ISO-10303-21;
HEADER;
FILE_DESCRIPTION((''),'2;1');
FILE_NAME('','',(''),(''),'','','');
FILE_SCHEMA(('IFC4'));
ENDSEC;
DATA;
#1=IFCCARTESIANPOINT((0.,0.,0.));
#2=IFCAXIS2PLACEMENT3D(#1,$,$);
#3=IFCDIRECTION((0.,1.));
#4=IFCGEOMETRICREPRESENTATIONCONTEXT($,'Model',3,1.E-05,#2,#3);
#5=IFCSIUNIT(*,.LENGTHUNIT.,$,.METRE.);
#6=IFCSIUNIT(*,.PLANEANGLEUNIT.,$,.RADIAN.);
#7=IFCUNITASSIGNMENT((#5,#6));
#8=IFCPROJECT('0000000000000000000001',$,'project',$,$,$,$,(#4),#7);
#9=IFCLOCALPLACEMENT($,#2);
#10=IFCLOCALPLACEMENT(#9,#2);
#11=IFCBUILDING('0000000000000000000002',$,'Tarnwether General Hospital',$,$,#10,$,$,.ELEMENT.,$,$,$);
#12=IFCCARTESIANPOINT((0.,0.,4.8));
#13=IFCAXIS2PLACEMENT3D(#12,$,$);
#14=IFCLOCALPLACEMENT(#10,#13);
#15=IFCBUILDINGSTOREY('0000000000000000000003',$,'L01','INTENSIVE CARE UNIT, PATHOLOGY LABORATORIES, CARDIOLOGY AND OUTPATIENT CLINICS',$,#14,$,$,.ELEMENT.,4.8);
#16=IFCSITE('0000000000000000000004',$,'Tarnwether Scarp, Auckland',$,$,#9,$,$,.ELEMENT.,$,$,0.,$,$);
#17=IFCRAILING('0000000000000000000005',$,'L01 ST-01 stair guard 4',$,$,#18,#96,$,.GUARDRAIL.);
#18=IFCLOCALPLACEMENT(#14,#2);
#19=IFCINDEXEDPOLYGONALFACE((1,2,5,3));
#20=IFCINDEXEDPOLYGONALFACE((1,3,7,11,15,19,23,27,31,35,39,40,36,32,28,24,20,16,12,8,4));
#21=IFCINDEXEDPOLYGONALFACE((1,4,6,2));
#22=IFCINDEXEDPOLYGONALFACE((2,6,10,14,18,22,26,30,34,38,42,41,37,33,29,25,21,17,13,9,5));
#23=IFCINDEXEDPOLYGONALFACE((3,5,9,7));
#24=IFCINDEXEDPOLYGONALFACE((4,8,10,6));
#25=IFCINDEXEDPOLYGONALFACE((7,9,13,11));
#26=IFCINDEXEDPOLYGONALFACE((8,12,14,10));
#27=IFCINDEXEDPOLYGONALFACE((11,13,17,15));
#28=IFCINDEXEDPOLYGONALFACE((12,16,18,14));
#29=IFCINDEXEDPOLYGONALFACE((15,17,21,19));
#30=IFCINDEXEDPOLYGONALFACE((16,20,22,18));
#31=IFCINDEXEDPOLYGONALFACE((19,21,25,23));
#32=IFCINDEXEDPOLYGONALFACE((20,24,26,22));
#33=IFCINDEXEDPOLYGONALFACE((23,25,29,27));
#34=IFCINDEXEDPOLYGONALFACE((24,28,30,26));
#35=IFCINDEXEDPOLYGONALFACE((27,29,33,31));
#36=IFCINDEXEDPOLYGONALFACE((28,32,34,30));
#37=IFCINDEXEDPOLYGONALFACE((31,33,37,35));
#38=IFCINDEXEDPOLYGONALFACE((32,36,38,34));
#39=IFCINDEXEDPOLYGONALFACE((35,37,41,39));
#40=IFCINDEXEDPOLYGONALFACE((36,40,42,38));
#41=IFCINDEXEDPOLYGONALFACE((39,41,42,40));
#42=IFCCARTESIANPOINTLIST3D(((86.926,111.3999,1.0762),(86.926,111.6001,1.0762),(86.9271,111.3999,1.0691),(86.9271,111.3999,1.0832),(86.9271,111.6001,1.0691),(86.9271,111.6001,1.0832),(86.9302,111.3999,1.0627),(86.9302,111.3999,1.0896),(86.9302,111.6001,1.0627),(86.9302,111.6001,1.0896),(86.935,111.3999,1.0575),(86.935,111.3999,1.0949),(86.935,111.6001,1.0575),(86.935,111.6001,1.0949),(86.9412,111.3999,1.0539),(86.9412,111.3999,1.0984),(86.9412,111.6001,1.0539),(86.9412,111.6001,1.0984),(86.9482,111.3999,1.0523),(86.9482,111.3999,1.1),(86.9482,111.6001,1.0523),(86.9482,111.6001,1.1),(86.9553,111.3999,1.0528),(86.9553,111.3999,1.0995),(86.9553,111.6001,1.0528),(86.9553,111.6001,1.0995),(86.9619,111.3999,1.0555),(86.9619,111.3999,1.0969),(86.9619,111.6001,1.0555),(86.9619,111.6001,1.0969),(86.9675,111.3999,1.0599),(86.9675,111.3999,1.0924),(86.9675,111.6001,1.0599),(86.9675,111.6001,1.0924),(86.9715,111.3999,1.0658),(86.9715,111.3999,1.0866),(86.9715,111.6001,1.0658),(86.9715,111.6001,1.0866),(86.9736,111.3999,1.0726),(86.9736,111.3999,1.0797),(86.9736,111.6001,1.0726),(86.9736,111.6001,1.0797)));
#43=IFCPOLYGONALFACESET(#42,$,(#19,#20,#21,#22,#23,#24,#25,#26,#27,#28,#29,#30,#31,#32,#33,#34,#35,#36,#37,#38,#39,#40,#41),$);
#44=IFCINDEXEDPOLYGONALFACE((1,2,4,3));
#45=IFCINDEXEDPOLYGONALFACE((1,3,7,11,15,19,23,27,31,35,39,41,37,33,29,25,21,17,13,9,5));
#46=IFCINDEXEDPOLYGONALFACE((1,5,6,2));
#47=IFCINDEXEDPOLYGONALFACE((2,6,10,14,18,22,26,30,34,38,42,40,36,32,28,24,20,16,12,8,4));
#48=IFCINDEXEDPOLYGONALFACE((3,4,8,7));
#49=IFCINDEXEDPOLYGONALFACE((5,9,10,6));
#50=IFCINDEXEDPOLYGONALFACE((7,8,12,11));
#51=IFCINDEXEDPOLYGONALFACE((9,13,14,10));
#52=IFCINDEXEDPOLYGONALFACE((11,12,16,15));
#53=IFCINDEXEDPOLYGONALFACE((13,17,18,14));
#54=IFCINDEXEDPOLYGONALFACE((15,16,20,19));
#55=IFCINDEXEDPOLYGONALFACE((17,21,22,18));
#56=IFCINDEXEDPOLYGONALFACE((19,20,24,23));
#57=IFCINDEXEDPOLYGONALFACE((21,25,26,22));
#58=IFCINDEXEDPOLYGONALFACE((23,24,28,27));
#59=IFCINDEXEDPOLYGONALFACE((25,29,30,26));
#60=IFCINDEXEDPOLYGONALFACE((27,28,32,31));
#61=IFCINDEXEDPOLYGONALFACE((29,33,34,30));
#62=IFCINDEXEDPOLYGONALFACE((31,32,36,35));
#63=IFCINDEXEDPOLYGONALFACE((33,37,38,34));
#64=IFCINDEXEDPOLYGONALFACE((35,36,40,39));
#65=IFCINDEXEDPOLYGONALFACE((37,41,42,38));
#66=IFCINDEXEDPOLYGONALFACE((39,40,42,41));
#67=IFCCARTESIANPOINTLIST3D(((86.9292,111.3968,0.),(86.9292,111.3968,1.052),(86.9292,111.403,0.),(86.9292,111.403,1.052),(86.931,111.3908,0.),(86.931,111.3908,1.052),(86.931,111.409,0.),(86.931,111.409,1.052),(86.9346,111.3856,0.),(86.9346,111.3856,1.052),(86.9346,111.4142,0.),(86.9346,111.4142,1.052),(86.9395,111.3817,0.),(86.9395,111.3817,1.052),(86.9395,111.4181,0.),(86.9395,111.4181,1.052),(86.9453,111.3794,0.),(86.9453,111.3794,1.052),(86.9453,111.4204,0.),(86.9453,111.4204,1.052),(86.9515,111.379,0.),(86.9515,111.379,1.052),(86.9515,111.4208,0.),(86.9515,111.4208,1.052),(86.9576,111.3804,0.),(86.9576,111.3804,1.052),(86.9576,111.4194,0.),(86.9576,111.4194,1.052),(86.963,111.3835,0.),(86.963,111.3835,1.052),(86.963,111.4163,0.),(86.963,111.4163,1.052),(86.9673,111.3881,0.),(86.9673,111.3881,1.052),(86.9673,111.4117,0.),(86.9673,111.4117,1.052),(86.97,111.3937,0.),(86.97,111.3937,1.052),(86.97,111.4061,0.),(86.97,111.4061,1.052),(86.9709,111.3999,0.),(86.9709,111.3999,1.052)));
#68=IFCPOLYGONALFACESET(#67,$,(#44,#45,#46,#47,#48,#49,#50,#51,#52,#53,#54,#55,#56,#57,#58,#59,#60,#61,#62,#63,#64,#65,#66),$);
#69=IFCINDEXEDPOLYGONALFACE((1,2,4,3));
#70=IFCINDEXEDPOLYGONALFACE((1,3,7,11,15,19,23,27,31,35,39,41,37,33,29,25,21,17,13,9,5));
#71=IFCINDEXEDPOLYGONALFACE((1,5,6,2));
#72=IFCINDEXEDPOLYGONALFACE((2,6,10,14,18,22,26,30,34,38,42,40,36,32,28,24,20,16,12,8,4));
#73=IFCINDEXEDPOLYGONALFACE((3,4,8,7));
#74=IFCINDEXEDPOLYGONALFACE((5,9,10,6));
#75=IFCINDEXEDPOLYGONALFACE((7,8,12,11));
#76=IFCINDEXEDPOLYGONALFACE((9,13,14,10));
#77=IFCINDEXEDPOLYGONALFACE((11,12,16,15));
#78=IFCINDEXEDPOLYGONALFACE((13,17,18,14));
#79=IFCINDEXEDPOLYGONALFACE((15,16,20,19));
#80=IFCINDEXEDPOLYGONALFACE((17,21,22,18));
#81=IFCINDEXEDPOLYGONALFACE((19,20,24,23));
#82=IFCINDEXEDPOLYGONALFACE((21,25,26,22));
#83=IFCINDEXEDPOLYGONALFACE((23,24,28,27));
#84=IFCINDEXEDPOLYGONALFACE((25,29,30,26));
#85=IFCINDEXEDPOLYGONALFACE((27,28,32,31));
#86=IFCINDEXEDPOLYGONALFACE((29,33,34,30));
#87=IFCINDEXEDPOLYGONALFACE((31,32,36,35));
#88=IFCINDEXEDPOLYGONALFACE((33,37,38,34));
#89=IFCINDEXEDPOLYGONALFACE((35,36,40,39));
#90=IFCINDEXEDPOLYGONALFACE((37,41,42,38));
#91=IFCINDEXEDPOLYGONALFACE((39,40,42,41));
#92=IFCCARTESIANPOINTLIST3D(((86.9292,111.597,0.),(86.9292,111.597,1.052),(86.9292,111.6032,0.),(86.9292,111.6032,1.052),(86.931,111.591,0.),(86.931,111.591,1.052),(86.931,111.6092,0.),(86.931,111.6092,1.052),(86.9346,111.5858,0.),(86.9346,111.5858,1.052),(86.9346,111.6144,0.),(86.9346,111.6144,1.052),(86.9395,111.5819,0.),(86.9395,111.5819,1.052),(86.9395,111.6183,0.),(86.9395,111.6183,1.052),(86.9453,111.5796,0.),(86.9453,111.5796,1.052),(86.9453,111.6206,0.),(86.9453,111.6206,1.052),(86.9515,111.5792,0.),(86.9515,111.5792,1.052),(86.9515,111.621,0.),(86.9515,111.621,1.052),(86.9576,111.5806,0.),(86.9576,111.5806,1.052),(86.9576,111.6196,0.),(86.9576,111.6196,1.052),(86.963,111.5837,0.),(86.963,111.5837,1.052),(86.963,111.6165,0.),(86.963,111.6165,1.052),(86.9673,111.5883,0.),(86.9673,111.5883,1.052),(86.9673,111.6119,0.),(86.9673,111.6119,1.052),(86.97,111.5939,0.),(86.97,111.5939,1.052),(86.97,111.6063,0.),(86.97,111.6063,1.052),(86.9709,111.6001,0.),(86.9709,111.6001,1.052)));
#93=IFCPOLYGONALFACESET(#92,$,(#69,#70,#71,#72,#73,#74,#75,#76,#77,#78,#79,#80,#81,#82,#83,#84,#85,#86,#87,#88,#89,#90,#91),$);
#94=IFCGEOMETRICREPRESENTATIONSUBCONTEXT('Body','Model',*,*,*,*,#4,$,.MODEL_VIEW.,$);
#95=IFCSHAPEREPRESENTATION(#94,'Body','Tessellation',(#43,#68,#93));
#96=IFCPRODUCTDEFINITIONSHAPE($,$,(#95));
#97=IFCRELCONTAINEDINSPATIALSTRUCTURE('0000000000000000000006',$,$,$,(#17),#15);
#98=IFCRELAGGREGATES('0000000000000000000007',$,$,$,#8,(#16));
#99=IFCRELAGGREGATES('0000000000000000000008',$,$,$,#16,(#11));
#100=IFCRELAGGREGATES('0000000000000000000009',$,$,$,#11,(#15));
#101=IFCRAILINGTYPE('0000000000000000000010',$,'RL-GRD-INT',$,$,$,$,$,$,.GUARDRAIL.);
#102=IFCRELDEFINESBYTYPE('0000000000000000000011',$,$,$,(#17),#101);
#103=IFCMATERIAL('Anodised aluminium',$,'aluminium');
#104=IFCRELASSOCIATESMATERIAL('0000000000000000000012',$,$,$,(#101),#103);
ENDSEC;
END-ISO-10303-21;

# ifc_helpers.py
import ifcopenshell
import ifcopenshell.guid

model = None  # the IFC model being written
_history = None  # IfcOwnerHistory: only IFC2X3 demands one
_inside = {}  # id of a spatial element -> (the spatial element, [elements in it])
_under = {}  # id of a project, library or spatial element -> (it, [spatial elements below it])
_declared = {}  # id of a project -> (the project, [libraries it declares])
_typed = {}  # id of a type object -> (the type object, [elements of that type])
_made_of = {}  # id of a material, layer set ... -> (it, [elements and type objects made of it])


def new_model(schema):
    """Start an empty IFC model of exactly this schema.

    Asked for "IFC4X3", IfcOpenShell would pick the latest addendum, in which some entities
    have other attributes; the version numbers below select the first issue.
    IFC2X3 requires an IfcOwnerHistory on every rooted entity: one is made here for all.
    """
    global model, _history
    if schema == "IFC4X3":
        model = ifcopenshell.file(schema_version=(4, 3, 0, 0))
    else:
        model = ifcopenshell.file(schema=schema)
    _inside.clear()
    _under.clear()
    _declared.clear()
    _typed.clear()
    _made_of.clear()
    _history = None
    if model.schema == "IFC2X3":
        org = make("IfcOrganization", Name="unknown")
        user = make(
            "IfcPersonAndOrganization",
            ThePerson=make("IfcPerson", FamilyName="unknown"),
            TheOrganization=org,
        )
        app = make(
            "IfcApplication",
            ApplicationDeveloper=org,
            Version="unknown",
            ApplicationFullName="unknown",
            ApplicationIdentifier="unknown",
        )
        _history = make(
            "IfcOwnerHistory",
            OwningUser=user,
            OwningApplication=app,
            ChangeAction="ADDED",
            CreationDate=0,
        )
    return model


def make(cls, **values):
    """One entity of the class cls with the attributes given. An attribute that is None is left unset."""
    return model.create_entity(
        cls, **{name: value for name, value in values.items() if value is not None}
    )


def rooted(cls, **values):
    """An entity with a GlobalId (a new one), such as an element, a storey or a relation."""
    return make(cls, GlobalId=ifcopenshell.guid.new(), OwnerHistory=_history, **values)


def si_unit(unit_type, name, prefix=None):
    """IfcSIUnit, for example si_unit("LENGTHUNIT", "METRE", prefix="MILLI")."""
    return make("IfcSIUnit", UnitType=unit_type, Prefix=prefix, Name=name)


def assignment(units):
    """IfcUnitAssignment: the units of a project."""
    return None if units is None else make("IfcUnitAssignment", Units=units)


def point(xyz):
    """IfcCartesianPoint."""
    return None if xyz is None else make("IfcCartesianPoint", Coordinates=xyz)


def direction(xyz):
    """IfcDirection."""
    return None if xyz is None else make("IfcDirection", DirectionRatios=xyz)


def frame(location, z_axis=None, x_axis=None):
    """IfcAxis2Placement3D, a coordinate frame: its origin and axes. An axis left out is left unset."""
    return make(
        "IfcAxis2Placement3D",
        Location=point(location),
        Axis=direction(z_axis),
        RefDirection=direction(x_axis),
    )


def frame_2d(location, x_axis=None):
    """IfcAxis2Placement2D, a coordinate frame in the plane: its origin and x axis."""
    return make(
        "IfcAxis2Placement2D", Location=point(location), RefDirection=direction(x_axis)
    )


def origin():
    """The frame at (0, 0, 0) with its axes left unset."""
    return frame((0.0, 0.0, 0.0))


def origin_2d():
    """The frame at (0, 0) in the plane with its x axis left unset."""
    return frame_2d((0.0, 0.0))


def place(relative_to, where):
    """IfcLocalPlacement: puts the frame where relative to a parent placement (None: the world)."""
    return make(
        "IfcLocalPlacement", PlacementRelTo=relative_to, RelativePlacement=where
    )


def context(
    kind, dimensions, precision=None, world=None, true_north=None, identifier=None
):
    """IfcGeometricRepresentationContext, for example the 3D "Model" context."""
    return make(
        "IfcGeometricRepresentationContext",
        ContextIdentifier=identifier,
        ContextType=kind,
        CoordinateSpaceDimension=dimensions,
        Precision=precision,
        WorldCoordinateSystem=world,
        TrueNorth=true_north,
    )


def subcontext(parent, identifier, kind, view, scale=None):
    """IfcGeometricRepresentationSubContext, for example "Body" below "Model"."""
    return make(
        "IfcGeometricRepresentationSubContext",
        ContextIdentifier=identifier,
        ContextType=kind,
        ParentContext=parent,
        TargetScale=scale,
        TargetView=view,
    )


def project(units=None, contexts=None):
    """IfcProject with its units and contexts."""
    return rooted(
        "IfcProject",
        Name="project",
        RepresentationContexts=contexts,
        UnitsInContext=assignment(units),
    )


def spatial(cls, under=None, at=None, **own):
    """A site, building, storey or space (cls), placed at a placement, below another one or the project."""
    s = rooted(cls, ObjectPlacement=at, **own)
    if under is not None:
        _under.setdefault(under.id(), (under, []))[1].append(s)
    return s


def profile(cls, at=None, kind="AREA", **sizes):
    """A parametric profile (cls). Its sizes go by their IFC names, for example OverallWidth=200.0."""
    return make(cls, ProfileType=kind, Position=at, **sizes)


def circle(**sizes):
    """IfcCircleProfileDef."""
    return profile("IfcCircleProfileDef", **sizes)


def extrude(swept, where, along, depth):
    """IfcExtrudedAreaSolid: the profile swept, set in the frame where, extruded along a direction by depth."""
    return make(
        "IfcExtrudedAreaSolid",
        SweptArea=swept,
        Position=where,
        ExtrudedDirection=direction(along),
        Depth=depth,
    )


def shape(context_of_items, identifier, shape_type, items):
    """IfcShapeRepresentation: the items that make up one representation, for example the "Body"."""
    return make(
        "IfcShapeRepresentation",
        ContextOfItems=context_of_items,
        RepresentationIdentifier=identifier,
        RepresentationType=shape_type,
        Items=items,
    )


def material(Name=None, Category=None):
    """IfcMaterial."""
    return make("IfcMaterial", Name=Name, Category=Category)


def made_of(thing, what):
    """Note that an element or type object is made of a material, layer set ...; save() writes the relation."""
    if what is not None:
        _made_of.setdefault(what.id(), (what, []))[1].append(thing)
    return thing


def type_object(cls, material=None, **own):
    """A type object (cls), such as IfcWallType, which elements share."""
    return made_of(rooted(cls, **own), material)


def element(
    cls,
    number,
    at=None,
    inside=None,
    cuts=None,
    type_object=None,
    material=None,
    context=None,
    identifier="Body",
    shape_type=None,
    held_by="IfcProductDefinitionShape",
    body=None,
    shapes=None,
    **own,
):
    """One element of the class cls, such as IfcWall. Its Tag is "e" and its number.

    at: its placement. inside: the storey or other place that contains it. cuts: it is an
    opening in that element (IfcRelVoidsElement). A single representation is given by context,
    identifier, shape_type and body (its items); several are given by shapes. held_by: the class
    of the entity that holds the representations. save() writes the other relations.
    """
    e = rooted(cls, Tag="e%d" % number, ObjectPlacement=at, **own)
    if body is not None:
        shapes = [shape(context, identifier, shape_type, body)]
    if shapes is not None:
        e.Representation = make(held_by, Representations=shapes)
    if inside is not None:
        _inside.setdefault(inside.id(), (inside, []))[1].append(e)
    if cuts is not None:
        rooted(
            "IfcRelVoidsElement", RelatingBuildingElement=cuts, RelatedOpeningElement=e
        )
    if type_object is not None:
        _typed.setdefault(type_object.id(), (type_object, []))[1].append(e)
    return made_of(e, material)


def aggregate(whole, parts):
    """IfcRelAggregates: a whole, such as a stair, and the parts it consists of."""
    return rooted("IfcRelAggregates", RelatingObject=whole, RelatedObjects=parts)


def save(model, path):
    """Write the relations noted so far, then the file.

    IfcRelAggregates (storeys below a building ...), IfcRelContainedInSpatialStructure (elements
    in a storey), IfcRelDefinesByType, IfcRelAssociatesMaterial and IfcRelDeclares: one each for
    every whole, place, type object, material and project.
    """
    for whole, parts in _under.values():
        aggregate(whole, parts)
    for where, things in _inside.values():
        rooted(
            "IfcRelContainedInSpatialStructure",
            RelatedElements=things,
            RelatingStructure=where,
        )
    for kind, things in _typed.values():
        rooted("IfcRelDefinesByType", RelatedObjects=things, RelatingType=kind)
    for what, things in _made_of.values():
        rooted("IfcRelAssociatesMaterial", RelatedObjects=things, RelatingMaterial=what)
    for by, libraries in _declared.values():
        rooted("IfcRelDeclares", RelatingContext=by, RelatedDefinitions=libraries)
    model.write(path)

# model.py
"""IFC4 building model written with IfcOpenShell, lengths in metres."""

from ifc_helpers import new_model, si_unit, direction, frame, origin, origin_2d, place, context, subcontext, project, spatial, circle, extrude, material, type_object, element, save


model = new_model("IFC4")

# Units and contexts
model_context = context("Model", 3, precision=1e-05, world=origin(), true_north=direction((0.0, 1.0)))
body_context = subcontext(model_context, "Body", "Model", "MODEL_VIEW")
ifc_project = project(units=[si_unit("LENGTHUNIT", "METRE"), si_unit("PLANEANGLEUNIT", "RADIAN")], contexts=[model_context])

# Site, building, storey
site_placement = place(None, origin())
site = spatial("IfcSite", under=ifc_project, at=site_placement, Name="Tarnwether Scarp, Auckland", CompositionType="ELEMENT", RefElevation=0.0)
building_placement = place(site_placement, origin())
building = spatial("IfcBuilding", under=site, at=building_placement, Name="Tarnwether General Hospital", CompositionType="ELEMENT")
storey_placement = place(building_placement, frame((0.0, 0.0, 4.8)))
storey = spatial("IfcBuildingStorey", under=building, at=storey_placement, Name="L01", Description="INTENSIVE CARE UNIT, PATHOLOGY LABORATORIES, CARDIOLOGY AND OUTPATIENT CLINICS", CompositionType="ELEMENT", Elevation=4.8)

# Railing
ifc_material_1 = material(Name="Anodised aluminium", Category="aluminium")
railing_type_1 = type_object("IfcRailingType", Name="RL-GRD-INT", PredefinedType="GUARDRAIL", material=ifc_material_1)
railing_1_placement = place(storey_placement, frame((86.95, 111.3999, 0.0)))
element("IfcRailing", 1, at=railing_1_placement, inside=storey, type_object=railing_type_1, Name="L01 ST-01 stair guard 4", PredefinedType="GUARDRAIL", context=body_context, shape_type="SweptSolid", body=[
    extrude(circle(Radius=0.0239, at=origin_2d()), frame((0.0, 0.0, 1.0762), z_axis=(0.0, 1.0, 0.0), x_axis=(-1.0, 0.0, 0.0)), (0.0, 0.0, 1.0), 0.2002),
    extrude(circle(Radius=0.021, at=origin_2d()), origin(), (0.0, 0.0, 1.0), 1.052),
    extrude(circle(Radius=0.021, at=origin_2d()), frame((0.0, 0.2002, 0.0)), (0.0, 0.0, 1.0), 1.052),
])

save(model, "model.ifc")
